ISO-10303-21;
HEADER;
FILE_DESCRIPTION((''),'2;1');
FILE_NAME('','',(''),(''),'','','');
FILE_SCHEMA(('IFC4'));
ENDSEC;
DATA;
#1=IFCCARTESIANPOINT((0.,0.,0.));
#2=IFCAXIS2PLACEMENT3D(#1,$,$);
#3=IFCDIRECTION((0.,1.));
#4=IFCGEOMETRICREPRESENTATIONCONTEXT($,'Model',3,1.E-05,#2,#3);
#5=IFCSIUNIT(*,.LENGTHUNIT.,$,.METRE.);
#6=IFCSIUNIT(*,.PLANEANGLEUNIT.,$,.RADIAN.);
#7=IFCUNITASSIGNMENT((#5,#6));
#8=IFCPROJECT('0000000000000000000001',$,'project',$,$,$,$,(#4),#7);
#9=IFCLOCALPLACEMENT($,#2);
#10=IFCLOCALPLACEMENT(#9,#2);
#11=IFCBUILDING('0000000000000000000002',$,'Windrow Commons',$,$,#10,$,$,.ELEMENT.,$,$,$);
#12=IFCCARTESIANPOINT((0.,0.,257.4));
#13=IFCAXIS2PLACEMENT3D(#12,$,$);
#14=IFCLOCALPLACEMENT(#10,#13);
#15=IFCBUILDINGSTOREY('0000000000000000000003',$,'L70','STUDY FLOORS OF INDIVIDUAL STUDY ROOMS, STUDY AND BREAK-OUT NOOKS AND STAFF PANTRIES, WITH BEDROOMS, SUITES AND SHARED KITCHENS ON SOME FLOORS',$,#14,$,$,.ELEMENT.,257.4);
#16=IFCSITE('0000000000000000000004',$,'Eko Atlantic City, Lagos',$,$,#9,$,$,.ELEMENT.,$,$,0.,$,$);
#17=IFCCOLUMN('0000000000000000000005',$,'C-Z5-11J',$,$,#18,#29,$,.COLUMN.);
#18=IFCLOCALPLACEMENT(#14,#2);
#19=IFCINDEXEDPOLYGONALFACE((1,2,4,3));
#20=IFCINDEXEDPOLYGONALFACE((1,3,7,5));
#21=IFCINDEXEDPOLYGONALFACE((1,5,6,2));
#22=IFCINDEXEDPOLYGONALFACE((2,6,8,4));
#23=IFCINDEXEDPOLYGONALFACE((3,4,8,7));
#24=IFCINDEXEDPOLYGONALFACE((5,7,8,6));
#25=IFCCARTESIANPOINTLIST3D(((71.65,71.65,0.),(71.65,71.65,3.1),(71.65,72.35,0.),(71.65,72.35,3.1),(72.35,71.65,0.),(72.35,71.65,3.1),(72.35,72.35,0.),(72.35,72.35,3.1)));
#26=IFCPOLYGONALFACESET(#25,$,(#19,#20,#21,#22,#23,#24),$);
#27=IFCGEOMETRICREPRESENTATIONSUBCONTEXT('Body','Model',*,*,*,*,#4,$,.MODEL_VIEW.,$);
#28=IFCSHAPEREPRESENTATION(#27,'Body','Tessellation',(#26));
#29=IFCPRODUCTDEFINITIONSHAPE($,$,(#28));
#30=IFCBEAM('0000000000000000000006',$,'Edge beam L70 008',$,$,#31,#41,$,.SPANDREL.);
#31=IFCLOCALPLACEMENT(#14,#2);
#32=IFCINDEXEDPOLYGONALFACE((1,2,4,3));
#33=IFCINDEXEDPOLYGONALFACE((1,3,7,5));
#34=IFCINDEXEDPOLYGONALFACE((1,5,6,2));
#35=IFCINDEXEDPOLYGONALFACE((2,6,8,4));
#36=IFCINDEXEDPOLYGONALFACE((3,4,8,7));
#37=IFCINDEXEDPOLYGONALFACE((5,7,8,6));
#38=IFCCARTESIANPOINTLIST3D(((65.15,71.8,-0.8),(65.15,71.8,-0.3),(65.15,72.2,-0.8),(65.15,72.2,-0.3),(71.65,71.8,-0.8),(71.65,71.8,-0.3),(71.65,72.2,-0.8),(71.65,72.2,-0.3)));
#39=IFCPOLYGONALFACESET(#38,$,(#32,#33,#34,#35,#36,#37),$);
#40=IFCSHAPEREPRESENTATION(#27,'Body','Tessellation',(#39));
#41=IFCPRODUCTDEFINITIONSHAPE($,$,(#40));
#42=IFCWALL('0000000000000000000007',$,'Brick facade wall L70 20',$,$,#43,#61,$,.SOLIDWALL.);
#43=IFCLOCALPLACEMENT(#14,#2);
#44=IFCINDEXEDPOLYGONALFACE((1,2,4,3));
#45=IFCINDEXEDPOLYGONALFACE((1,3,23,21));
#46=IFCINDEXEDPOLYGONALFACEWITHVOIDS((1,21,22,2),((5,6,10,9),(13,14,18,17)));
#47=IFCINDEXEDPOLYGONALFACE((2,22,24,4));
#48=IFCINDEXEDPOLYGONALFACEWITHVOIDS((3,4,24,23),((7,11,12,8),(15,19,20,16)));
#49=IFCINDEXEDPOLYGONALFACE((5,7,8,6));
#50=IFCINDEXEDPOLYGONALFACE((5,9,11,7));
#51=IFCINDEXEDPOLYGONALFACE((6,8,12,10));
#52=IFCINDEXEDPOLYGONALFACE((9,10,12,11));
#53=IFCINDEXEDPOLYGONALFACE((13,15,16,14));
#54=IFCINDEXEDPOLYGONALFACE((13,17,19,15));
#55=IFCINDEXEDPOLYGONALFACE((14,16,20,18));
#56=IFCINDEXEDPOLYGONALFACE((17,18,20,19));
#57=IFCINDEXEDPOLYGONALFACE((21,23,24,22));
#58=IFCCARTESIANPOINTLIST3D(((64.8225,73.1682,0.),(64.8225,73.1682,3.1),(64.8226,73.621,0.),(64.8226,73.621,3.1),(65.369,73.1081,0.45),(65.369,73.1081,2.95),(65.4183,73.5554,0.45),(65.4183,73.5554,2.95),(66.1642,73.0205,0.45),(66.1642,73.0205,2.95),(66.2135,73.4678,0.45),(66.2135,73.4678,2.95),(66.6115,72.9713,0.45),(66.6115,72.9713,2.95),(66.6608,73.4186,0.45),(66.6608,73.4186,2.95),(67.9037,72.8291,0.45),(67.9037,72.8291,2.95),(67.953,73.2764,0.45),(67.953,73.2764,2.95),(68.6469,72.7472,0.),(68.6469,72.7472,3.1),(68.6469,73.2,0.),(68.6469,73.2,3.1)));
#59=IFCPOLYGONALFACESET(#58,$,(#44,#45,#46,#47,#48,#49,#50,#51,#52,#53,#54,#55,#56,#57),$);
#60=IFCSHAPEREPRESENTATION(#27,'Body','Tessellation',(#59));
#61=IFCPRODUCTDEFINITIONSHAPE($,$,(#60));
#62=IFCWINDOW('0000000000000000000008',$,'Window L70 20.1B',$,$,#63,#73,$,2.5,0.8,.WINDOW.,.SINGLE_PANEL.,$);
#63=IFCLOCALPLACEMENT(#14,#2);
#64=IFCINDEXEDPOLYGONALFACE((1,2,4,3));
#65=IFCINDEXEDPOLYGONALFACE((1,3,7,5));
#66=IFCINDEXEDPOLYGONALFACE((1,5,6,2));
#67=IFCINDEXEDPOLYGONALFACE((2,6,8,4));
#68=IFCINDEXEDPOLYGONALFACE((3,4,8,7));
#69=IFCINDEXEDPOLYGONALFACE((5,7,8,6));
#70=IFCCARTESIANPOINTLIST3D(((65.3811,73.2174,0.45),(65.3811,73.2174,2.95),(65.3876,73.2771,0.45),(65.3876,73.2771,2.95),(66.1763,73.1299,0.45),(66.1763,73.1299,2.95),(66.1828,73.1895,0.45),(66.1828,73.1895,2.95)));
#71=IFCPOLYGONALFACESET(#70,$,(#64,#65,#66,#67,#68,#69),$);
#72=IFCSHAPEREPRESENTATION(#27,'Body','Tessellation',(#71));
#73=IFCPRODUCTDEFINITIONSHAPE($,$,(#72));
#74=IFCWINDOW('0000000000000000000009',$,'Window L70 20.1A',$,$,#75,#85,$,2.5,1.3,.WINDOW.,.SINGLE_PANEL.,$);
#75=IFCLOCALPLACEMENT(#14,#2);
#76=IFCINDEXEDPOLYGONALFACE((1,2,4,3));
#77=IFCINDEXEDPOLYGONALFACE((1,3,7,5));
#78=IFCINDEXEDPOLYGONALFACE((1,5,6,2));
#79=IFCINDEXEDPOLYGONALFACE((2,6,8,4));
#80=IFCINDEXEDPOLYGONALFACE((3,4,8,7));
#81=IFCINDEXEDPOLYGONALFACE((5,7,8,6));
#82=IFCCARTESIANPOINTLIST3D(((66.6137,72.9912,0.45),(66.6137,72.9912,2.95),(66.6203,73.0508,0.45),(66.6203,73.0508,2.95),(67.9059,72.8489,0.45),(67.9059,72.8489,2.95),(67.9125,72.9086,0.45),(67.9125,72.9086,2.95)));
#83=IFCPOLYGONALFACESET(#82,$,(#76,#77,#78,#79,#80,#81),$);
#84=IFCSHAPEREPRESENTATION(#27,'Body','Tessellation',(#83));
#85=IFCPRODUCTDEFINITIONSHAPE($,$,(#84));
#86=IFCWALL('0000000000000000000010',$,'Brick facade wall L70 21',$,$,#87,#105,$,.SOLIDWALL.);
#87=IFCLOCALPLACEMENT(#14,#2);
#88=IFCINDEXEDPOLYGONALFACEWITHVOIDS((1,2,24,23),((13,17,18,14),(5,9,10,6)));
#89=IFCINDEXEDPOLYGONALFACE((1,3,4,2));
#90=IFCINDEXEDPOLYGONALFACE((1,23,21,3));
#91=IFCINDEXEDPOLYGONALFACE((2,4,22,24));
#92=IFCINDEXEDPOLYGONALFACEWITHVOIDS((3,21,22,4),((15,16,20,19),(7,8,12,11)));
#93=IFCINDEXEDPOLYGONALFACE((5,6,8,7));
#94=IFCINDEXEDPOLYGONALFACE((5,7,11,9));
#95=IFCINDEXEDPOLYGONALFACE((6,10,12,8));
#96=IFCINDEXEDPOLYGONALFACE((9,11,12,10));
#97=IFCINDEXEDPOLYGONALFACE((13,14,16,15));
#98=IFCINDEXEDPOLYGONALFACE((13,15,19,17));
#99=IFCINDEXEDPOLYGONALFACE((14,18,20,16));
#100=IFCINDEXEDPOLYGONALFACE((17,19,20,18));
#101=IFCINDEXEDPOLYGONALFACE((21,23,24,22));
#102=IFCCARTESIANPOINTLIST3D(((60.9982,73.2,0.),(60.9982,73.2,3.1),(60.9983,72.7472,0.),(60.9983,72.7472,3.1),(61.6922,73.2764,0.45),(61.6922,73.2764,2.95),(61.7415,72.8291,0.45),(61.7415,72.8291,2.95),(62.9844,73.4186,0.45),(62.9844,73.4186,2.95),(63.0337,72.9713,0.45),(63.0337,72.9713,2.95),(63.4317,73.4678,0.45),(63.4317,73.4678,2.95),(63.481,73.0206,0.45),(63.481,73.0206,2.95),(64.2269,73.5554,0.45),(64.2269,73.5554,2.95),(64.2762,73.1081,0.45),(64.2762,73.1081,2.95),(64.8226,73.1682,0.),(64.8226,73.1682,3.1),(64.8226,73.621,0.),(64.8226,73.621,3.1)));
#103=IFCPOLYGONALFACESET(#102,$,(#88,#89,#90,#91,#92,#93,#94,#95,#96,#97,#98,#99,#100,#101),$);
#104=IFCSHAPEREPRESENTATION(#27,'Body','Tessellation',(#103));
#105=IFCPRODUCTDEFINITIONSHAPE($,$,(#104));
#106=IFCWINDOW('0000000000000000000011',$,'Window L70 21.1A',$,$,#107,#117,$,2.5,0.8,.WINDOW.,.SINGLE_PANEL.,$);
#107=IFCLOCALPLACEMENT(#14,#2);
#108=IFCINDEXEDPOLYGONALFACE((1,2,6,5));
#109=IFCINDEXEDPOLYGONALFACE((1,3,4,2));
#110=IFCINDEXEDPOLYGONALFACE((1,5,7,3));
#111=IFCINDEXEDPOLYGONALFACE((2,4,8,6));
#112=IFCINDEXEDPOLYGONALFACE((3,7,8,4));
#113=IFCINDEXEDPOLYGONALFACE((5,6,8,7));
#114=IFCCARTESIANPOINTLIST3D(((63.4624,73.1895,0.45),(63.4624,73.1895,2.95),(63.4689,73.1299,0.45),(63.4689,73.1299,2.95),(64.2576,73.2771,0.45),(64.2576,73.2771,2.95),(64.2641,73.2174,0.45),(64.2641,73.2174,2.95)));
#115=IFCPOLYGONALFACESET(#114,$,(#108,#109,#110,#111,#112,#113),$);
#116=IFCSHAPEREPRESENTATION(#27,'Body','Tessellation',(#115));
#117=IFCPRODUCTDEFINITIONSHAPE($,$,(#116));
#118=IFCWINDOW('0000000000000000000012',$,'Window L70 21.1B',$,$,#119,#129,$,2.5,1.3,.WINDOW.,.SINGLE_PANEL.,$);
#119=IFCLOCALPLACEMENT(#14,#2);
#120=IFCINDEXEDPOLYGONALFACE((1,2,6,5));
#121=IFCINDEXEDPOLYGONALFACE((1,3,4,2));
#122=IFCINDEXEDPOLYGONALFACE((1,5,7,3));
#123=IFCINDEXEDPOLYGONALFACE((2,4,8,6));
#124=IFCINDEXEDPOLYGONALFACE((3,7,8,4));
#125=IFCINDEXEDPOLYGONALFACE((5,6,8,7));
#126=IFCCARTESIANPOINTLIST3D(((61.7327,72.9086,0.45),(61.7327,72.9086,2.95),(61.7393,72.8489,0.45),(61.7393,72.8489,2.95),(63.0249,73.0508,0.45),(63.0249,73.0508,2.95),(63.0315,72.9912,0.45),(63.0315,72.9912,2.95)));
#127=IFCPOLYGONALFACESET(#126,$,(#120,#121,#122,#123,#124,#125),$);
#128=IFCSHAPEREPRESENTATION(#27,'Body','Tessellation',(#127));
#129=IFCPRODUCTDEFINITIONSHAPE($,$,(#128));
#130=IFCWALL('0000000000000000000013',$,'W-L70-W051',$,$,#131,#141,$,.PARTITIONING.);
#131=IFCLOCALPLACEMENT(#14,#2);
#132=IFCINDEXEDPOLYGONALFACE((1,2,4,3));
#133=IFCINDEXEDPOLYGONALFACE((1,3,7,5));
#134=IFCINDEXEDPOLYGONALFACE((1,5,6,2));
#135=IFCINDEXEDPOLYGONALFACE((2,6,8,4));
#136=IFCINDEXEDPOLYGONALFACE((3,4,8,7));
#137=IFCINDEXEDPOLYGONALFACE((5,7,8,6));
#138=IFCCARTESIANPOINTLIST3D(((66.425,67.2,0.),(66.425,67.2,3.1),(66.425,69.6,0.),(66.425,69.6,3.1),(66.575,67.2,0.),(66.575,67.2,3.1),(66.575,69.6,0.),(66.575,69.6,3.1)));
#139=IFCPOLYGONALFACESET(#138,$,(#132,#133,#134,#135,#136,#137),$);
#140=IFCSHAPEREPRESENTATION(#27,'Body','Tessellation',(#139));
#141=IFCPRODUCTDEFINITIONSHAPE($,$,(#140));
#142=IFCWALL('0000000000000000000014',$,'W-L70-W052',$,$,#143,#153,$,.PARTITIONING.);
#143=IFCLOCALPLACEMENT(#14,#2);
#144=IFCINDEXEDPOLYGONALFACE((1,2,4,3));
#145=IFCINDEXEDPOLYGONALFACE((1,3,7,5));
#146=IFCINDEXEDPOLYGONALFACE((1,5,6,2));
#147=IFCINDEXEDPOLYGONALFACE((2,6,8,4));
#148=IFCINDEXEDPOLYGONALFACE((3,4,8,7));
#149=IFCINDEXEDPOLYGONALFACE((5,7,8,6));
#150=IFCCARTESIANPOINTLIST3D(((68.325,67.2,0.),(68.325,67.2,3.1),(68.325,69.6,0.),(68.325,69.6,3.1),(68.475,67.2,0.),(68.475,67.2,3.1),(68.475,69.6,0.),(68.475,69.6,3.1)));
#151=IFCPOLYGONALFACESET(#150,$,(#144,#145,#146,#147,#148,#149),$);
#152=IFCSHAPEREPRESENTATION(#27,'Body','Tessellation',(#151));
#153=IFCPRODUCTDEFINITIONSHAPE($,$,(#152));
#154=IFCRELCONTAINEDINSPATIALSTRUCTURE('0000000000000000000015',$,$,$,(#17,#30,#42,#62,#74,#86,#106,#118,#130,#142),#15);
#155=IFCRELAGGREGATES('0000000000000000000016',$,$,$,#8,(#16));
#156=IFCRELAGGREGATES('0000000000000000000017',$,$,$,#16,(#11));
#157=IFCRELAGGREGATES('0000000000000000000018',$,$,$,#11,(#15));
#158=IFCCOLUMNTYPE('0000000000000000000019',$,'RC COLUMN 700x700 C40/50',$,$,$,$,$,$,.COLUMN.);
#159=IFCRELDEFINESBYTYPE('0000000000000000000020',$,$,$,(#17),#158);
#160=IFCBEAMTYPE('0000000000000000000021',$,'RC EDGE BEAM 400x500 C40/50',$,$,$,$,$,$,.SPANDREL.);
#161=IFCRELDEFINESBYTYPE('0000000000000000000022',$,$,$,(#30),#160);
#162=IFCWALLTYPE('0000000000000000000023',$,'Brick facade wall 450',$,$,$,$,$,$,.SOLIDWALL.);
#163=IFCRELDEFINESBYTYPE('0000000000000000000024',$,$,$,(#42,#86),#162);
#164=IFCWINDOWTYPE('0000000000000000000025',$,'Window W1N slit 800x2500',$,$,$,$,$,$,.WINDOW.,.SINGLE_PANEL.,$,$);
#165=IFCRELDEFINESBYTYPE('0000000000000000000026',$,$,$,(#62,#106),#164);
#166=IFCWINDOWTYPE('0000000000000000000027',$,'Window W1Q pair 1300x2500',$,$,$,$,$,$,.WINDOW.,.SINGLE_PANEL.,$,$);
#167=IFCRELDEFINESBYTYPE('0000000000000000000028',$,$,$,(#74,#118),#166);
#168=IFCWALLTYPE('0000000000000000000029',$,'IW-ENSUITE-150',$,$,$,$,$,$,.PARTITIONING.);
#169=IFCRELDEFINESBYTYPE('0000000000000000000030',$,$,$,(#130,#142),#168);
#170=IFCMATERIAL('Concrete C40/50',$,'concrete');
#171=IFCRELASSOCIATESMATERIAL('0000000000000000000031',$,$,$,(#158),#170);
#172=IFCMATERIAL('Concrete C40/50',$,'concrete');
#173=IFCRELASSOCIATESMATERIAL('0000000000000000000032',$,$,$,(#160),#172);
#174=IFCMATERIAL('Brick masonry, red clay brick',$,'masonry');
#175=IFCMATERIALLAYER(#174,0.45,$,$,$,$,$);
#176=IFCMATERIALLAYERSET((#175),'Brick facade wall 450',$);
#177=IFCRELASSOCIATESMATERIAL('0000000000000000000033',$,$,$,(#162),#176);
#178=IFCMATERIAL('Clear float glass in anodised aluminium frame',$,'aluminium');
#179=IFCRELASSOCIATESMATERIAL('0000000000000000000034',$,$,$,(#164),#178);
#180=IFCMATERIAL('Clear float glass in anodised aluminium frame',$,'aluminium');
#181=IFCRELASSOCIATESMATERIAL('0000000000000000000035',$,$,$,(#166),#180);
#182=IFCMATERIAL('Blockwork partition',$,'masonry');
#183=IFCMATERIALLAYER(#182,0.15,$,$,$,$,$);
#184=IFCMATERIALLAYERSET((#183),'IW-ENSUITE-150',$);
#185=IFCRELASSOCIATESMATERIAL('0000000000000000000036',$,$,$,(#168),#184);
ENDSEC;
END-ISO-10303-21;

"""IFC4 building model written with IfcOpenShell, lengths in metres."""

from ifc_helpers import new_model, si_unit, direction, frame, frame_2d, origin, origin_2d, place, context, subcontext, project, spatial, polyline, rectangle, outline, extrude, material, layer, layer_set, material_profile, profile_set, type_object, element, fill, save


model = new_model("IFC4")

# Units and contexts
model_context = context("Model", 3, precision=1e-05, world=origin(), true_north=direction((0.0, 1.0)))
body_context = subcontext(model_context, "Body", "Model", "MODEL_VIEW")
ifc_project = project(units=[si_unit("LENGTHUNIT", "METRE"), si_unit("PLANEANGLEUNIT", "RADIAN")], contexts=[model_context])

# Site, building, storey
site_placement = place(None, origin())
site = spatial("IfcSite", under=ifc_project, at=site_placement, Name="Eko Atlantic City, Lagos", CompositionType="ELEMENT", RefElevation=0.0)
building_placement = place(site_placement, origin())
building = spatial("IfcBuilding", under=site, at=building_placement, Name="Windrow Commons", CompositionType="ELEMENT")
storey_placement = place(building_placement, frame((0.0, 0.0, 257.4)))
storey = spatial("IfcBuildingStorey", under=building, at=storey_placement, Name="L70", Description="STUDY FLOORS OF INDIVIDUAL STUDY ROOMS, STUDY AND BREAK-OUT NOOKS AND STAFF PANTRIES, WITH BEDROOMS, SUITES AND SHARED KITCHENS ON SOME FLOORS", CompositionType="ELEMENT", Elevation=257.4)

# Column
ifc_material_1 = material(Name="Concrete C40/50", Category="concrete")
ifc_material_profile_1 = material_profile(ifc_material_1, rectangle(XDim=0.7, YDim=0.7, at=origin_2d()))
ifc_profile_set_1 = profile_set([ifc_material_profile_1], Name="Concrete C40/50")
column_type = type_object("IfcColumnType", Name="RC COLUMN 700x700 C40/50", PredefinedType="COLUMN", material=ifc_profile_set_1)
column_placement = place(storey_placement, frame((72.0, 72.0, 0.0), z_axis=(0.0, 0.0, 1.0), x_axis=(1.0, 0.0, 0.0)))
element("IfcColumn", 1, at=column_placement, inside=storey, type_object=column_type, Name="C-Z5-11J", PredefinedType="COLUMN", context=body_context, shape_type="SweptSolid", body=[
    extrude(rectangle(XDim=0.7, YDim=0.7, at=origin_2d()), origin(), (0.0, 0.0, 1.0), 3.1),
])

# Beam
ifc_material_2 = material(Name="Concrete C40/50", Category="concrete")
ifc_material_profile_2 = material_profile(ifc_material_2, rectangle(XDim=0.4, YDim=0.5, at=origin_2d()))
ifc_profile_set_2 = profile_set([ifc_material_profile_2], Name="Concrete C40/50")
beam_type = type_object("IfcBeamType", Name="RC EDGE BEAM 400x500 C40/50", PredefinedType="SPANDREL", material=ifc_profile_set_2)
beam_placement = place(storey_placement, frame((65.15, 72.0, -0.55), z_axis=(1.0, 0.0, 0.0), x_axis=(0.0, 1.0, 0.0)))
element("IfcBeam", 2, at=beam_placement, inside=storey, type_object=beam_type, Name="Edge beam L70 008", PredefinedType="SPANDREL", context=body_context, shape_type="SweptSolid", body=[
    extrude(rectangle(XDim=0.4, YDim=0.5, at=origin_2d()), origin(), (0.0, 0.0, 1.0), 6.5),
])

# Walls, openings, windows
ifc_material_3 = material(Name="Brick masonry, red clay brick", Category="masonry")
ifc_layer_1 = layer(ifc_material_3, 0.45)
ifc_layer_set_1 = layer_set([ifc_layer_1], Name="Brick facade wall 450")
wall_type_1 = type_object("IfcWallType", Name="Brick facade wall 450", PredefinedType="SOLIDWALL", material=ifc_layer_set_1)
wall_1_placement = place(storey_placement, frame((68.6469, 72.9736, 0.0), z_axis=(0.0, 0.0, 1.0), x_axis=(-0.993995, 0.109424, 0.0)))
wall_1 = element("IfcWall", 3, at=wall_1_placement, inside=storey, type_object=wall_type_1, Name="Brick facade wall L70 20", PredefinedType="SOLIDWALL", context=body_context, shape_type="SweptSolid", body=[
    extrude(outline(polyline([(0.0248, -0.225), (3.8722, -0.225), (3.8227, 0.225), (-0.0248, 0.225), (0.0248, -0.225)])), origin(), (0.0, 0.0, 1.0), 3.1),
])
opening_1_placement = place(wall_1_placement, frame((0.7229, 0.0, 0.45)))
opening_1 = element("IfcOpeningElement", 4, at=opening_1_placement, cuts=wall_1, PredefinedType="OPENING", context=body_context, shape_type="SweptSolid", body=[
    extrude(rectangle(XDim=1.3, YDim=2.5, at=frame_2d((0.65, 1.25))), frame((0.0, 0.235, 0.0), z_axis=(0.0, -1.0, 0.0), x_axis=(1.0, 0.0, 0.0)), (0.0, 0.0, 1.0), 0.47),
])
opening_2_placement = place(wall_1_placement, frame((2.4729, 0.0, 0.45)))
opening_2 = element("IfcOpeningElement", 5, at=opening_2_placement, cuts=wall_1, PredefinedType="OPENING", context=body_context, shape_type="SweptSolid", body=[
    extrude(rectangle(XDim=0.8, YDim=2.5, at=frame_2d((0.4, 1.25))), frame((0.0, 0.235, 0.0), z_axis=(0.0, -1.0, 0.0), x_axis=(1.0, 0.0, 0.0)), (0.0, 0.0, 1.0), 0.47),
])
ifc_material_4 = material(Name="Clear float glass in anodised aluminium frame", Category="aluminium")
window_type_1 = type_object("IfcWindowType", Name="Window W1N slit 800x2500", PartitioningType="SINGLE_PANEL", PredefinedType="WINDOW", material=ifc_material_4)
window_1_placement = place(opening_2_placement, origin())
window_1 = element("IfcWindow", 6, at=window_1_placement, inside=storey, type_object=window_type_1, Name="Window L70 20.1B", OverallHeight=2.5, OverallWidth=0.8, PartitioningType="SINGLE_PANEL", PredefinedType="WINDOW", context=body_context, shape_type="SweptSolid", body=[
    extrude(rectangle(XDim=0.8, YDim=2.5, at=frame_2d((0.4, 1.25))), frame((0.0, 0.115, 0.0), z_axis=(0.0, -1.0, 0.0), x_axis=(1.0, 0.0, 0.0)), (0.0, 0.0, 1.0), 0.06),
])
fill(opening_2, window_1)
ifc_material_5 = material(Name="Clear float glass in anodised aluminium frame", Category="aluminium")
window_type_2 = type_object("IfcWindowType", Name="Window W1Q pair 1300x2500", PartitioningType="SINGLE_PANEL", PredefinedType="WINDOW", material=ifc_material_5)
window_2_placement = place(opening_1_placement, origin())
window_2 = element("IfcWindow", 7, at=window_2_placement, inside=storey, type_object=window_type_2, Name="Window L70 20.1A", OverallHeight=2.5, OverallWidth=1.3, PartitioningType="SINGLE_PANEL", PredefinedType="WINDOW", context=body_context, shape_type="SweptSolid", body=[
    extrude(rectangle(XDim=1.3, YDim=2.5, at=frame_2d((0.65, 1.25))), frame((0.0, 0.205, 0.0), z_axis=(0.0, -1.0, 0.0), x_axis=(1.0, 0.0, 0.0)), (0.0, 0.0, 1.0), 0.06),
])
fill(opening_1, window_2)
wall_2_placement = place(storey_placement, frame((64.8226, 73.3946, 0.0), z_axis=(0.0, 0.0, 1.0), x_axis=(-0.993995, -0.109422, 0.0)))
wall_2 = element("IfcWall", 8, at=wall_2_placement, inside=storey, type_object=wall_type_1, Name="Brick facade wall L70 21", PredefinedType="SOLIDWALL", context=body_context, shape_type="SweptSolid", body=[
    extrude(outline(polyline([(-0.0248, -0.225), (3.8227, -0.225), (3.8722, 0.225), (0.0248, 0.225), (-0.0248, -0.225)])), origin(), (0.0, 0.0, 1.0), 3.1),
])
opening_3_placement = place(wall_2_placement, frame((0.5745, 0.0, 0.45)))
opening_3 = element("IfcOpeningElement", 9, at=opening_3_placement, cuts=wall_2, PredefinedType="OPENING", context=body_context, shape_type="SweptSolid", body=[
    extrude(rectangle(XDim=0.8, YDim=2.5, at=frame_2d((0.4, 1.25))), frame((0.0, 0.235, 0.0), z_axis=(0.0, -1.0, 0.0), x_axis=(1.0, 0.0, 0.0)), (0.0, 0.0, 1.0), 0.47),
])
opening_4_placement = place(wall_2_placement, frame((1.8245, 0.0, 0.45)))
opening_4 = element("IfcOpeningElement", 10, at=opening_4_placement, cuts=wall_2, PredefinedType="OPENING", context=body_context, shape_type="SweptSolid", body=[
    extrude(rectangle(XDim=1.3, YDim=2.5, at=frame_2d((0.65, 1.25))), frame((0.0, 0.235, 0.0), z_axis=(0.0, -1.0, 0.0), x_axis=(1.0, 0.0, 0.0)), (0.0, 0.0, 1.0), 0.47),
])
window_3_placement = place(opening_3_placement, origin())
window_3 = element("IfcWindow", 11, at=window_3_placement, inside=storey, type_object=window_type_1, Name="Window L70 21.1A", OverallHeight=2.5, OverallWidth=0.8, PartitioningType="SINGLE_PANEL", PredefinedType="WINDOW", context=body_context, shape_type="SweptSolid", body=[
    extrude(rectangle(XDim=0.8, YDim=2.5, at=frame_2d((0.4, 1.25))), frame((0.0, 0.115, 0.0), z_axis=(0.0, -1.0, 0.0), x_axis=(1.0, 0.0, 0.0)), (0.0, 0.0, 1.0), 0.06),
])
fill(opening_3, window_3)
window_4_placement = place(opening_4_placement, origin())
window_4 = element("IfcWindow", 12, at=window_4_placement, inside=storey, type_object=window_type_2, Name="Window L70 21.1B", OverallHeight=2.5, OverallWidth=1.3, PartitioningType="SINGLE_PANEL", PredefinedType="WINDOW", context=body_context, shape_type="SweptSolid", body=[
    extrude(rectangle(XDim=1.3, YDim=2.5, at=frame_2d((0.65, 1.25))), frame((0.0, 0.205, 0.0), z_axis=(0.0, -1.0, 0.0), x_axis=(1.0, 0.0, 0.0)), (0.0, 0.0, 1.0), 0.06),
])
fill(opening_4, window_4)

# Walls
ifc_material_6 = material(Name="Blockwork partition", Category="masonry")
ifc_layer_2 = layer(ifc_material_6, 0.15)
ifc_layer_set_2 = layer_set([ifc_layer_2], Name="IW-ENSUITE-150")
wall_type_2 = type_object("IfcWallType", Name="IW-ENSUITE-150", PredefinedType="PARTITIONING", material=ifc_layer_set_2)
for number, where, z_axis, x_axis, name in (
    (13, (66.5, 67.2, 0.0), (0.0, 0.0, 1.0), (0.0, 1.0, 0.0), "W-L70-W051"),
    (14, (68.4, 67.2, 0.0), (0.0, 0.0, 1.0), (0.0, 1.0, 0.0), "W-L70-W052"),
):
    element("IfcWall", number, at=place(storey_placement, frame(where, z_axis=z_axis, x_axis=x_axis)), inside=storey, type_object=wall_type_2, Name=name, PredefinedType="PARTITIONING", context=body_context, shape_type="SweptSolid", body=[
        extrude(rectangle(XDim=2.4, YDim=0.15, at=frame_2d((1.2, 0.0))), origin(), (0.0, 0.0, 1.0), 3.1),
    ])

save(model, "model.ifc")
